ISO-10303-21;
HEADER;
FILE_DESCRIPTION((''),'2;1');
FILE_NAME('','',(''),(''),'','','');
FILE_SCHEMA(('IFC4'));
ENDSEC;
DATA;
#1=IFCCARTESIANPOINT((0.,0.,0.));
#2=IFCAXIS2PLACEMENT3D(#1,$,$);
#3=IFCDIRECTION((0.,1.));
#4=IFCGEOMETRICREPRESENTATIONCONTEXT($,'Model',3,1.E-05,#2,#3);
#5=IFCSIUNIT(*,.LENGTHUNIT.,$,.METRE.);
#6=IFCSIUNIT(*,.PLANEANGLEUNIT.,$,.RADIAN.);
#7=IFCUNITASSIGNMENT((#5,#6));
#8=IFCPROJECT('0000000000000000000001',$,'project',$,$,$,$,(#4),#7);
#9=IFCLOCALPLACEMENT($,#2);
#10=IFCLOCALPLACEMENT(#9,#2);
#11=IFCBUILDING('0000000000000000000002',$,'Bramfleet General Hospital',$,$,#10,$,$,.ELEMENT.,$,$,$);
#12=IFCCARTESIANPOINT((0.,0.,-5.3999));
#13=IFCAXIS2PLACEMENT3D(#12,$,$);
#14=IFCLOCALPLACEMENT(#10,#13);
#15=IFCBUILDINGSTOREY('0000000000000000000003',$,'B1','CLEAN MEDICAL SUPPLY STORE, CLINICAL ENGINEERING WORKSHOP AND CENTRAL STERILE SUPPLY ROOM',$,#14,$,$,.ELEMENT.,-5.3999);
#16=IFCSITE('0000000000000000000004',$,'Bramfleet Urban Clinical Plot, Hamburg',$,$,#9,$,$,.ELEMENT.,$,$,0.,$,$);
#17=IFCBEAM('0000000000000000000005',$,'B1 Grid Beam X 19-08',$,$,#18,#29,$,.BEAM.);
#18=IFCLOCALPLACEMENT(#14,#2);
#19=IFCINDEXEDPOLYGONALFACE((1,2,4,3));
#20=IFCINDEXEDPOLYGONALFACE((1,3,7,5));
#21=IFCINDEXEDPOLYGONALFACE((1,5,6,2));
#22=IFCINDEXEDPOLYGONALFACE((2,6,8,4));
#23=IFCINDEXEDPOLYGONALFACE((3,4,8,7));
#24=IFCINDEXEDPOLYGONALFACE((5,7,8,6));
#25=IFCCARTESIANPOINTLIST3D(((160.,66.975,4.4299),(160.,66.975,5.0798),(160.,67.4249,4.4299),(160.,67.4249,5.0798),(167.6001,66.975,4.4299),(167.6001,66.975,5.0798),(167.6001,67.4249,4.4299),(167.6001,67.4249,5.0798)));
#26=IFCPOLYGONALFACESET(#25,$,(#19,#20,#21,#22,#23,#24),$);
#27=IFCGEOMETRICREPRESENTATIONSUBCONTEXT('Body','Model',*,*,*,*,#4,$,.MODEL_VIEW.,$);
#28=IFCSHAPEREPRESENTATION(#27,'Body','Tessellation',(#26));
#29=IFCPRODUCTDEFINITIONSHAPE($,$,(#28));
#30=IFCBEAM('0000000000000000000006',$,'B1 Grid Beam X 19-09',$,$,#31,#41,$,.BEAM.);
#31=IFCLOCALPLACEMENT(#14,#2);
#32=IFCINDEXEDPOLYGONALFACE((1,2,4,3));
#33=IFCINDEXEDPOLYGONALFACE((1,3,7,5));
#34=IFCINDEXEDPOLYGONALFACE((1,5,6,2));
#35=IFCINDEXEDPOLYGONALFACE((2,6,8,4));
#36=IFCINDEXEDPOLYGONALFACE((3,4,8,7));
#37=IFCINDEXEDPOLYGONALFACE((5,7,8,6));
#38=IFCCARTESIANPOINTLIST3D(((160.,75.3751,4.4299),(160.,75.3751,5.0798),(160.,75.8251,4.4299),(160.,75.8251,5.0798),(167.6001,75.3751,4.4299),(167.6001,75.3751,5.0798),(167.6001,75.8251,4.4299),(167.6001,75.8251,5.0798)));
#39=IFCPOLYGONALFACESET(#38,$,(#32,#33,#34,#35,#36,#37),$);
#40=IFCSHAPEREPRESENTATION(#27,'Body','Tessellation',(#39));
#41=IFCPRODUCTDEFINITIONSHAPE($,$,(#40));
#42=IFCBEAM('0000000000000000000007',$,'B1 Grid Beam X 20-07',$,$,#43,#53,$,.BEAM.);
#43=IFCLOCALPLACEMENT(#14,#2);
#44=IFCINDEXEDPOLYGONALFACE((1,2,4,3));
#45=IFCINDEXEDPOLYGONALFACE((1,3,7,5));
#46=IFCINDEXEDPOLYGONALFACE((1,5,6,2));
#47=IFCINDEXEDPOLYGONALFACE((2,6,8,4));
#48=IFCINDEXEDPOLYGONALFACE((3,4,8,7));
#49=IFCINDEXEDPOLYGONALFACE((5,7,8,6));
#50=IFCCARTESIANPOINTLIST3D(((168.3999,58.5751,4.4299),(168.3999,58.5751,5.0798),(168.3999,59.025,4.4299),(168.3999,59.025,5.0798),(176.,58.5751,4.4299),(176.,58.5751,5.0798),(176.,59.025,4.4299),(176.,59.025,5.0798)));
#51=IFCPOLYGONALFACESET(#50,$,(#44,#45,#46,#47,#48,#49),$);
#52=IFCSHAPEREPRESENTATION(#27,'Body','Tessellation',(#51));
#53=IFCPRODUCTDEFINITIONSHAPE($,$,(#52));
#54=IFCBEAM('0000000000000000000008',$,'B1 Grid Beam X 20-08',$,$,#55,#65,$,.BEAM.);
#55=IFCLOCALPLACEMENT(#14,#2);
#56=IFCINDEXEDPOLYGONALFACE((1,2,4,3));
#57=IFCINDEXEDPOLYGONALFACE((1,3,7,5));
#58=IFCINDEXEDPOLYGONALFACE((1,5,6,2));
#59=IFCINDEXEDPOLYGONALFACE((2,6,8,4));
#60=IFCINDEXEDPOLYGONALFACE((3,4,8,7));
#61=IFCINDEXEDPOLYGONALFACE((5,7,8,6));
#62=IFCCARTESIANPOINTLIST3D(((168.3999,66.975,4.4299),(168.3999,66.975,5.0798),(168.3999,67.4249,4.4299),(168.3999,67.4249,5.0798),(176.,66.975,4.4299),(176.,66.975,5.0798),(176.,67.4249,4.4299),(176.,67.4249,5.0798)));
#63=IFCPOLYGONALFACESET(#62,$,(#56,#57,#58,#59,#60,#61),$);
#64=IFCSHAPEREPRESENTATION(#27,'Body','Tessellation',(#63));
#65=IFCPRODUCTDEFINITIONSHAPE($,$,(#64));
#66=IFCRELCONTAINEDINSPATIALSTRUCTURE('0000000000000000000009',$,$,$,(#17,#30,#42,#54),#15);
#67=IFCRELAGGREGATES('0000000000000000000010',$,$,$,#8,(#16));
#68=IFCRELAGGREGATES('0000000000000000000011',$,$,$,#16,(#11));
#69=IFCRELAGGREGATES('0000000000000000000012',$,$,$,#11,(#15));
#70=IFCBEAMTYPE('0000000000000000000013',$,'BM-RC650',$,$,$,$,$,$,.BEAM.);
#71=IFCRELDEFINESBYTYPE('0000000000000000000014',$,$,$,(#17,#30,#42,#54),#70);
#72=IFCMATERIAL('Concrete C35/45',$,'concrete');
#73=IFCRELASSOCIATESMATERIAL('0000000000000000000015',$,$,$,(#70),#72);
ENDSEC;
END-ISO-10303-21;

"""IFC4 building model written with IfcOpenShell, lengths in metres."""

from ifc_helpers import new_model, si_unit, direction, frame, origin, origin_2d, place, context, subcontext, project, spatial, rectangle, extrude, material, material_profile, profile_set, type_object, element, save


model = new_model("IFC4")

# Units and contexts
model_context = context("Model", 3, precision=1e-05, world=origin(), true_north=direction((0.0, 1.0)))
body_context = subcontext(model_context, "Body", "Model", "MODEL_VIEW")
ifc_project = project(units=[si_unit("LENGTHUNIT", "METRE"), si_unit("PLANEANGLEUNIT", "RADIAN")], contexts=[model_context])

# Site, building, storey
site_placement = place(None, origin())
site = spatial("IfcSite", under=ifc_project, at=site_placement, Name="Bramfleet Urban Clinical Plot, Hamburg", CompositionType="ELEMENT", RefElevation=0.0)
building_placement = place(site_placement, origin())
building = spatial("IfcBuilding", under=site, at=building_placement, Name="Bramfleet General Hospital", CompositionType="ELEMENT")
storey_placement = place(building_placement, frame((0.0, 0.0, -5.3999)))
storey = spatial("IfcBuildingStorey", under=building, at=storey_placement, Name="B1", Description="CLEAN MEDICAL SUPPLY STORE, CLINICAL ENGINEERING WORKSHOP AND CENTRAL STERILE SUPPLY ROOM", CompositionType="ELEMENT", Elevation=-5.3999)

# Shared definitions
ifc_material_1 = material(Name="Concrete C35/45", Category="concrete")

# Beams
ifc_material_profile_1 = material_profile(ifc_material_1, rectangle(XDim=0.45, YDim=0.6499, at=origin_2d()), Name="RC BM 650x450")
ifc_profile_set_1 = profile_set([ifc_material_profile_1], Name="Concrete C35/45")
beam_type_1 = type_object("IfcBeamType", Name="BM-RC650", PredefinedType="BEAM", material=ifc_profile_set_1)
for number, where, z_axis, x_axis, name in (
    (1, (160.0, 67.2, 4.7549), (1.0, 0.0, 0.0), (0.0, 1.0, 0.0), "B1 Grid Beam X 19-08"),
    (2, (160.0, 75.6001, 4.7549), (1.0, 0.0, 0.0), (0.0, 1.0, 0.0), "B1 Grid Beam X 19-09"),
    (3, (168.3999, 58.8, 4.7549), (1.0, 0.0, 0.0), (0.0, 1.0, 0.0), "B1 Grid Beam X 20-07"),
    (4, (168.3999, 67.2, 4.7549), (1.0, 0.0, 0.0), (0.0, 1.0, 0.0), "B1 Grid Beam X 20-08"),
):
    element("IfcBeam", number, at=place(storey_placement, frame(where, z_axis=z_axis, x_axis=x_axis)), inside=storey, type_object=beam_type_1, Name=name, PredefinedType="BEAM", context=body_context, shape_type="SweptSolid", body=[
        extrude(rectangle(XDim=0.45, YDim=0.6499, at=origin_2d()), origin(), (0.0, 0.0, 1.0), 7.6001),
    ])

save(model, "model.ifc")
